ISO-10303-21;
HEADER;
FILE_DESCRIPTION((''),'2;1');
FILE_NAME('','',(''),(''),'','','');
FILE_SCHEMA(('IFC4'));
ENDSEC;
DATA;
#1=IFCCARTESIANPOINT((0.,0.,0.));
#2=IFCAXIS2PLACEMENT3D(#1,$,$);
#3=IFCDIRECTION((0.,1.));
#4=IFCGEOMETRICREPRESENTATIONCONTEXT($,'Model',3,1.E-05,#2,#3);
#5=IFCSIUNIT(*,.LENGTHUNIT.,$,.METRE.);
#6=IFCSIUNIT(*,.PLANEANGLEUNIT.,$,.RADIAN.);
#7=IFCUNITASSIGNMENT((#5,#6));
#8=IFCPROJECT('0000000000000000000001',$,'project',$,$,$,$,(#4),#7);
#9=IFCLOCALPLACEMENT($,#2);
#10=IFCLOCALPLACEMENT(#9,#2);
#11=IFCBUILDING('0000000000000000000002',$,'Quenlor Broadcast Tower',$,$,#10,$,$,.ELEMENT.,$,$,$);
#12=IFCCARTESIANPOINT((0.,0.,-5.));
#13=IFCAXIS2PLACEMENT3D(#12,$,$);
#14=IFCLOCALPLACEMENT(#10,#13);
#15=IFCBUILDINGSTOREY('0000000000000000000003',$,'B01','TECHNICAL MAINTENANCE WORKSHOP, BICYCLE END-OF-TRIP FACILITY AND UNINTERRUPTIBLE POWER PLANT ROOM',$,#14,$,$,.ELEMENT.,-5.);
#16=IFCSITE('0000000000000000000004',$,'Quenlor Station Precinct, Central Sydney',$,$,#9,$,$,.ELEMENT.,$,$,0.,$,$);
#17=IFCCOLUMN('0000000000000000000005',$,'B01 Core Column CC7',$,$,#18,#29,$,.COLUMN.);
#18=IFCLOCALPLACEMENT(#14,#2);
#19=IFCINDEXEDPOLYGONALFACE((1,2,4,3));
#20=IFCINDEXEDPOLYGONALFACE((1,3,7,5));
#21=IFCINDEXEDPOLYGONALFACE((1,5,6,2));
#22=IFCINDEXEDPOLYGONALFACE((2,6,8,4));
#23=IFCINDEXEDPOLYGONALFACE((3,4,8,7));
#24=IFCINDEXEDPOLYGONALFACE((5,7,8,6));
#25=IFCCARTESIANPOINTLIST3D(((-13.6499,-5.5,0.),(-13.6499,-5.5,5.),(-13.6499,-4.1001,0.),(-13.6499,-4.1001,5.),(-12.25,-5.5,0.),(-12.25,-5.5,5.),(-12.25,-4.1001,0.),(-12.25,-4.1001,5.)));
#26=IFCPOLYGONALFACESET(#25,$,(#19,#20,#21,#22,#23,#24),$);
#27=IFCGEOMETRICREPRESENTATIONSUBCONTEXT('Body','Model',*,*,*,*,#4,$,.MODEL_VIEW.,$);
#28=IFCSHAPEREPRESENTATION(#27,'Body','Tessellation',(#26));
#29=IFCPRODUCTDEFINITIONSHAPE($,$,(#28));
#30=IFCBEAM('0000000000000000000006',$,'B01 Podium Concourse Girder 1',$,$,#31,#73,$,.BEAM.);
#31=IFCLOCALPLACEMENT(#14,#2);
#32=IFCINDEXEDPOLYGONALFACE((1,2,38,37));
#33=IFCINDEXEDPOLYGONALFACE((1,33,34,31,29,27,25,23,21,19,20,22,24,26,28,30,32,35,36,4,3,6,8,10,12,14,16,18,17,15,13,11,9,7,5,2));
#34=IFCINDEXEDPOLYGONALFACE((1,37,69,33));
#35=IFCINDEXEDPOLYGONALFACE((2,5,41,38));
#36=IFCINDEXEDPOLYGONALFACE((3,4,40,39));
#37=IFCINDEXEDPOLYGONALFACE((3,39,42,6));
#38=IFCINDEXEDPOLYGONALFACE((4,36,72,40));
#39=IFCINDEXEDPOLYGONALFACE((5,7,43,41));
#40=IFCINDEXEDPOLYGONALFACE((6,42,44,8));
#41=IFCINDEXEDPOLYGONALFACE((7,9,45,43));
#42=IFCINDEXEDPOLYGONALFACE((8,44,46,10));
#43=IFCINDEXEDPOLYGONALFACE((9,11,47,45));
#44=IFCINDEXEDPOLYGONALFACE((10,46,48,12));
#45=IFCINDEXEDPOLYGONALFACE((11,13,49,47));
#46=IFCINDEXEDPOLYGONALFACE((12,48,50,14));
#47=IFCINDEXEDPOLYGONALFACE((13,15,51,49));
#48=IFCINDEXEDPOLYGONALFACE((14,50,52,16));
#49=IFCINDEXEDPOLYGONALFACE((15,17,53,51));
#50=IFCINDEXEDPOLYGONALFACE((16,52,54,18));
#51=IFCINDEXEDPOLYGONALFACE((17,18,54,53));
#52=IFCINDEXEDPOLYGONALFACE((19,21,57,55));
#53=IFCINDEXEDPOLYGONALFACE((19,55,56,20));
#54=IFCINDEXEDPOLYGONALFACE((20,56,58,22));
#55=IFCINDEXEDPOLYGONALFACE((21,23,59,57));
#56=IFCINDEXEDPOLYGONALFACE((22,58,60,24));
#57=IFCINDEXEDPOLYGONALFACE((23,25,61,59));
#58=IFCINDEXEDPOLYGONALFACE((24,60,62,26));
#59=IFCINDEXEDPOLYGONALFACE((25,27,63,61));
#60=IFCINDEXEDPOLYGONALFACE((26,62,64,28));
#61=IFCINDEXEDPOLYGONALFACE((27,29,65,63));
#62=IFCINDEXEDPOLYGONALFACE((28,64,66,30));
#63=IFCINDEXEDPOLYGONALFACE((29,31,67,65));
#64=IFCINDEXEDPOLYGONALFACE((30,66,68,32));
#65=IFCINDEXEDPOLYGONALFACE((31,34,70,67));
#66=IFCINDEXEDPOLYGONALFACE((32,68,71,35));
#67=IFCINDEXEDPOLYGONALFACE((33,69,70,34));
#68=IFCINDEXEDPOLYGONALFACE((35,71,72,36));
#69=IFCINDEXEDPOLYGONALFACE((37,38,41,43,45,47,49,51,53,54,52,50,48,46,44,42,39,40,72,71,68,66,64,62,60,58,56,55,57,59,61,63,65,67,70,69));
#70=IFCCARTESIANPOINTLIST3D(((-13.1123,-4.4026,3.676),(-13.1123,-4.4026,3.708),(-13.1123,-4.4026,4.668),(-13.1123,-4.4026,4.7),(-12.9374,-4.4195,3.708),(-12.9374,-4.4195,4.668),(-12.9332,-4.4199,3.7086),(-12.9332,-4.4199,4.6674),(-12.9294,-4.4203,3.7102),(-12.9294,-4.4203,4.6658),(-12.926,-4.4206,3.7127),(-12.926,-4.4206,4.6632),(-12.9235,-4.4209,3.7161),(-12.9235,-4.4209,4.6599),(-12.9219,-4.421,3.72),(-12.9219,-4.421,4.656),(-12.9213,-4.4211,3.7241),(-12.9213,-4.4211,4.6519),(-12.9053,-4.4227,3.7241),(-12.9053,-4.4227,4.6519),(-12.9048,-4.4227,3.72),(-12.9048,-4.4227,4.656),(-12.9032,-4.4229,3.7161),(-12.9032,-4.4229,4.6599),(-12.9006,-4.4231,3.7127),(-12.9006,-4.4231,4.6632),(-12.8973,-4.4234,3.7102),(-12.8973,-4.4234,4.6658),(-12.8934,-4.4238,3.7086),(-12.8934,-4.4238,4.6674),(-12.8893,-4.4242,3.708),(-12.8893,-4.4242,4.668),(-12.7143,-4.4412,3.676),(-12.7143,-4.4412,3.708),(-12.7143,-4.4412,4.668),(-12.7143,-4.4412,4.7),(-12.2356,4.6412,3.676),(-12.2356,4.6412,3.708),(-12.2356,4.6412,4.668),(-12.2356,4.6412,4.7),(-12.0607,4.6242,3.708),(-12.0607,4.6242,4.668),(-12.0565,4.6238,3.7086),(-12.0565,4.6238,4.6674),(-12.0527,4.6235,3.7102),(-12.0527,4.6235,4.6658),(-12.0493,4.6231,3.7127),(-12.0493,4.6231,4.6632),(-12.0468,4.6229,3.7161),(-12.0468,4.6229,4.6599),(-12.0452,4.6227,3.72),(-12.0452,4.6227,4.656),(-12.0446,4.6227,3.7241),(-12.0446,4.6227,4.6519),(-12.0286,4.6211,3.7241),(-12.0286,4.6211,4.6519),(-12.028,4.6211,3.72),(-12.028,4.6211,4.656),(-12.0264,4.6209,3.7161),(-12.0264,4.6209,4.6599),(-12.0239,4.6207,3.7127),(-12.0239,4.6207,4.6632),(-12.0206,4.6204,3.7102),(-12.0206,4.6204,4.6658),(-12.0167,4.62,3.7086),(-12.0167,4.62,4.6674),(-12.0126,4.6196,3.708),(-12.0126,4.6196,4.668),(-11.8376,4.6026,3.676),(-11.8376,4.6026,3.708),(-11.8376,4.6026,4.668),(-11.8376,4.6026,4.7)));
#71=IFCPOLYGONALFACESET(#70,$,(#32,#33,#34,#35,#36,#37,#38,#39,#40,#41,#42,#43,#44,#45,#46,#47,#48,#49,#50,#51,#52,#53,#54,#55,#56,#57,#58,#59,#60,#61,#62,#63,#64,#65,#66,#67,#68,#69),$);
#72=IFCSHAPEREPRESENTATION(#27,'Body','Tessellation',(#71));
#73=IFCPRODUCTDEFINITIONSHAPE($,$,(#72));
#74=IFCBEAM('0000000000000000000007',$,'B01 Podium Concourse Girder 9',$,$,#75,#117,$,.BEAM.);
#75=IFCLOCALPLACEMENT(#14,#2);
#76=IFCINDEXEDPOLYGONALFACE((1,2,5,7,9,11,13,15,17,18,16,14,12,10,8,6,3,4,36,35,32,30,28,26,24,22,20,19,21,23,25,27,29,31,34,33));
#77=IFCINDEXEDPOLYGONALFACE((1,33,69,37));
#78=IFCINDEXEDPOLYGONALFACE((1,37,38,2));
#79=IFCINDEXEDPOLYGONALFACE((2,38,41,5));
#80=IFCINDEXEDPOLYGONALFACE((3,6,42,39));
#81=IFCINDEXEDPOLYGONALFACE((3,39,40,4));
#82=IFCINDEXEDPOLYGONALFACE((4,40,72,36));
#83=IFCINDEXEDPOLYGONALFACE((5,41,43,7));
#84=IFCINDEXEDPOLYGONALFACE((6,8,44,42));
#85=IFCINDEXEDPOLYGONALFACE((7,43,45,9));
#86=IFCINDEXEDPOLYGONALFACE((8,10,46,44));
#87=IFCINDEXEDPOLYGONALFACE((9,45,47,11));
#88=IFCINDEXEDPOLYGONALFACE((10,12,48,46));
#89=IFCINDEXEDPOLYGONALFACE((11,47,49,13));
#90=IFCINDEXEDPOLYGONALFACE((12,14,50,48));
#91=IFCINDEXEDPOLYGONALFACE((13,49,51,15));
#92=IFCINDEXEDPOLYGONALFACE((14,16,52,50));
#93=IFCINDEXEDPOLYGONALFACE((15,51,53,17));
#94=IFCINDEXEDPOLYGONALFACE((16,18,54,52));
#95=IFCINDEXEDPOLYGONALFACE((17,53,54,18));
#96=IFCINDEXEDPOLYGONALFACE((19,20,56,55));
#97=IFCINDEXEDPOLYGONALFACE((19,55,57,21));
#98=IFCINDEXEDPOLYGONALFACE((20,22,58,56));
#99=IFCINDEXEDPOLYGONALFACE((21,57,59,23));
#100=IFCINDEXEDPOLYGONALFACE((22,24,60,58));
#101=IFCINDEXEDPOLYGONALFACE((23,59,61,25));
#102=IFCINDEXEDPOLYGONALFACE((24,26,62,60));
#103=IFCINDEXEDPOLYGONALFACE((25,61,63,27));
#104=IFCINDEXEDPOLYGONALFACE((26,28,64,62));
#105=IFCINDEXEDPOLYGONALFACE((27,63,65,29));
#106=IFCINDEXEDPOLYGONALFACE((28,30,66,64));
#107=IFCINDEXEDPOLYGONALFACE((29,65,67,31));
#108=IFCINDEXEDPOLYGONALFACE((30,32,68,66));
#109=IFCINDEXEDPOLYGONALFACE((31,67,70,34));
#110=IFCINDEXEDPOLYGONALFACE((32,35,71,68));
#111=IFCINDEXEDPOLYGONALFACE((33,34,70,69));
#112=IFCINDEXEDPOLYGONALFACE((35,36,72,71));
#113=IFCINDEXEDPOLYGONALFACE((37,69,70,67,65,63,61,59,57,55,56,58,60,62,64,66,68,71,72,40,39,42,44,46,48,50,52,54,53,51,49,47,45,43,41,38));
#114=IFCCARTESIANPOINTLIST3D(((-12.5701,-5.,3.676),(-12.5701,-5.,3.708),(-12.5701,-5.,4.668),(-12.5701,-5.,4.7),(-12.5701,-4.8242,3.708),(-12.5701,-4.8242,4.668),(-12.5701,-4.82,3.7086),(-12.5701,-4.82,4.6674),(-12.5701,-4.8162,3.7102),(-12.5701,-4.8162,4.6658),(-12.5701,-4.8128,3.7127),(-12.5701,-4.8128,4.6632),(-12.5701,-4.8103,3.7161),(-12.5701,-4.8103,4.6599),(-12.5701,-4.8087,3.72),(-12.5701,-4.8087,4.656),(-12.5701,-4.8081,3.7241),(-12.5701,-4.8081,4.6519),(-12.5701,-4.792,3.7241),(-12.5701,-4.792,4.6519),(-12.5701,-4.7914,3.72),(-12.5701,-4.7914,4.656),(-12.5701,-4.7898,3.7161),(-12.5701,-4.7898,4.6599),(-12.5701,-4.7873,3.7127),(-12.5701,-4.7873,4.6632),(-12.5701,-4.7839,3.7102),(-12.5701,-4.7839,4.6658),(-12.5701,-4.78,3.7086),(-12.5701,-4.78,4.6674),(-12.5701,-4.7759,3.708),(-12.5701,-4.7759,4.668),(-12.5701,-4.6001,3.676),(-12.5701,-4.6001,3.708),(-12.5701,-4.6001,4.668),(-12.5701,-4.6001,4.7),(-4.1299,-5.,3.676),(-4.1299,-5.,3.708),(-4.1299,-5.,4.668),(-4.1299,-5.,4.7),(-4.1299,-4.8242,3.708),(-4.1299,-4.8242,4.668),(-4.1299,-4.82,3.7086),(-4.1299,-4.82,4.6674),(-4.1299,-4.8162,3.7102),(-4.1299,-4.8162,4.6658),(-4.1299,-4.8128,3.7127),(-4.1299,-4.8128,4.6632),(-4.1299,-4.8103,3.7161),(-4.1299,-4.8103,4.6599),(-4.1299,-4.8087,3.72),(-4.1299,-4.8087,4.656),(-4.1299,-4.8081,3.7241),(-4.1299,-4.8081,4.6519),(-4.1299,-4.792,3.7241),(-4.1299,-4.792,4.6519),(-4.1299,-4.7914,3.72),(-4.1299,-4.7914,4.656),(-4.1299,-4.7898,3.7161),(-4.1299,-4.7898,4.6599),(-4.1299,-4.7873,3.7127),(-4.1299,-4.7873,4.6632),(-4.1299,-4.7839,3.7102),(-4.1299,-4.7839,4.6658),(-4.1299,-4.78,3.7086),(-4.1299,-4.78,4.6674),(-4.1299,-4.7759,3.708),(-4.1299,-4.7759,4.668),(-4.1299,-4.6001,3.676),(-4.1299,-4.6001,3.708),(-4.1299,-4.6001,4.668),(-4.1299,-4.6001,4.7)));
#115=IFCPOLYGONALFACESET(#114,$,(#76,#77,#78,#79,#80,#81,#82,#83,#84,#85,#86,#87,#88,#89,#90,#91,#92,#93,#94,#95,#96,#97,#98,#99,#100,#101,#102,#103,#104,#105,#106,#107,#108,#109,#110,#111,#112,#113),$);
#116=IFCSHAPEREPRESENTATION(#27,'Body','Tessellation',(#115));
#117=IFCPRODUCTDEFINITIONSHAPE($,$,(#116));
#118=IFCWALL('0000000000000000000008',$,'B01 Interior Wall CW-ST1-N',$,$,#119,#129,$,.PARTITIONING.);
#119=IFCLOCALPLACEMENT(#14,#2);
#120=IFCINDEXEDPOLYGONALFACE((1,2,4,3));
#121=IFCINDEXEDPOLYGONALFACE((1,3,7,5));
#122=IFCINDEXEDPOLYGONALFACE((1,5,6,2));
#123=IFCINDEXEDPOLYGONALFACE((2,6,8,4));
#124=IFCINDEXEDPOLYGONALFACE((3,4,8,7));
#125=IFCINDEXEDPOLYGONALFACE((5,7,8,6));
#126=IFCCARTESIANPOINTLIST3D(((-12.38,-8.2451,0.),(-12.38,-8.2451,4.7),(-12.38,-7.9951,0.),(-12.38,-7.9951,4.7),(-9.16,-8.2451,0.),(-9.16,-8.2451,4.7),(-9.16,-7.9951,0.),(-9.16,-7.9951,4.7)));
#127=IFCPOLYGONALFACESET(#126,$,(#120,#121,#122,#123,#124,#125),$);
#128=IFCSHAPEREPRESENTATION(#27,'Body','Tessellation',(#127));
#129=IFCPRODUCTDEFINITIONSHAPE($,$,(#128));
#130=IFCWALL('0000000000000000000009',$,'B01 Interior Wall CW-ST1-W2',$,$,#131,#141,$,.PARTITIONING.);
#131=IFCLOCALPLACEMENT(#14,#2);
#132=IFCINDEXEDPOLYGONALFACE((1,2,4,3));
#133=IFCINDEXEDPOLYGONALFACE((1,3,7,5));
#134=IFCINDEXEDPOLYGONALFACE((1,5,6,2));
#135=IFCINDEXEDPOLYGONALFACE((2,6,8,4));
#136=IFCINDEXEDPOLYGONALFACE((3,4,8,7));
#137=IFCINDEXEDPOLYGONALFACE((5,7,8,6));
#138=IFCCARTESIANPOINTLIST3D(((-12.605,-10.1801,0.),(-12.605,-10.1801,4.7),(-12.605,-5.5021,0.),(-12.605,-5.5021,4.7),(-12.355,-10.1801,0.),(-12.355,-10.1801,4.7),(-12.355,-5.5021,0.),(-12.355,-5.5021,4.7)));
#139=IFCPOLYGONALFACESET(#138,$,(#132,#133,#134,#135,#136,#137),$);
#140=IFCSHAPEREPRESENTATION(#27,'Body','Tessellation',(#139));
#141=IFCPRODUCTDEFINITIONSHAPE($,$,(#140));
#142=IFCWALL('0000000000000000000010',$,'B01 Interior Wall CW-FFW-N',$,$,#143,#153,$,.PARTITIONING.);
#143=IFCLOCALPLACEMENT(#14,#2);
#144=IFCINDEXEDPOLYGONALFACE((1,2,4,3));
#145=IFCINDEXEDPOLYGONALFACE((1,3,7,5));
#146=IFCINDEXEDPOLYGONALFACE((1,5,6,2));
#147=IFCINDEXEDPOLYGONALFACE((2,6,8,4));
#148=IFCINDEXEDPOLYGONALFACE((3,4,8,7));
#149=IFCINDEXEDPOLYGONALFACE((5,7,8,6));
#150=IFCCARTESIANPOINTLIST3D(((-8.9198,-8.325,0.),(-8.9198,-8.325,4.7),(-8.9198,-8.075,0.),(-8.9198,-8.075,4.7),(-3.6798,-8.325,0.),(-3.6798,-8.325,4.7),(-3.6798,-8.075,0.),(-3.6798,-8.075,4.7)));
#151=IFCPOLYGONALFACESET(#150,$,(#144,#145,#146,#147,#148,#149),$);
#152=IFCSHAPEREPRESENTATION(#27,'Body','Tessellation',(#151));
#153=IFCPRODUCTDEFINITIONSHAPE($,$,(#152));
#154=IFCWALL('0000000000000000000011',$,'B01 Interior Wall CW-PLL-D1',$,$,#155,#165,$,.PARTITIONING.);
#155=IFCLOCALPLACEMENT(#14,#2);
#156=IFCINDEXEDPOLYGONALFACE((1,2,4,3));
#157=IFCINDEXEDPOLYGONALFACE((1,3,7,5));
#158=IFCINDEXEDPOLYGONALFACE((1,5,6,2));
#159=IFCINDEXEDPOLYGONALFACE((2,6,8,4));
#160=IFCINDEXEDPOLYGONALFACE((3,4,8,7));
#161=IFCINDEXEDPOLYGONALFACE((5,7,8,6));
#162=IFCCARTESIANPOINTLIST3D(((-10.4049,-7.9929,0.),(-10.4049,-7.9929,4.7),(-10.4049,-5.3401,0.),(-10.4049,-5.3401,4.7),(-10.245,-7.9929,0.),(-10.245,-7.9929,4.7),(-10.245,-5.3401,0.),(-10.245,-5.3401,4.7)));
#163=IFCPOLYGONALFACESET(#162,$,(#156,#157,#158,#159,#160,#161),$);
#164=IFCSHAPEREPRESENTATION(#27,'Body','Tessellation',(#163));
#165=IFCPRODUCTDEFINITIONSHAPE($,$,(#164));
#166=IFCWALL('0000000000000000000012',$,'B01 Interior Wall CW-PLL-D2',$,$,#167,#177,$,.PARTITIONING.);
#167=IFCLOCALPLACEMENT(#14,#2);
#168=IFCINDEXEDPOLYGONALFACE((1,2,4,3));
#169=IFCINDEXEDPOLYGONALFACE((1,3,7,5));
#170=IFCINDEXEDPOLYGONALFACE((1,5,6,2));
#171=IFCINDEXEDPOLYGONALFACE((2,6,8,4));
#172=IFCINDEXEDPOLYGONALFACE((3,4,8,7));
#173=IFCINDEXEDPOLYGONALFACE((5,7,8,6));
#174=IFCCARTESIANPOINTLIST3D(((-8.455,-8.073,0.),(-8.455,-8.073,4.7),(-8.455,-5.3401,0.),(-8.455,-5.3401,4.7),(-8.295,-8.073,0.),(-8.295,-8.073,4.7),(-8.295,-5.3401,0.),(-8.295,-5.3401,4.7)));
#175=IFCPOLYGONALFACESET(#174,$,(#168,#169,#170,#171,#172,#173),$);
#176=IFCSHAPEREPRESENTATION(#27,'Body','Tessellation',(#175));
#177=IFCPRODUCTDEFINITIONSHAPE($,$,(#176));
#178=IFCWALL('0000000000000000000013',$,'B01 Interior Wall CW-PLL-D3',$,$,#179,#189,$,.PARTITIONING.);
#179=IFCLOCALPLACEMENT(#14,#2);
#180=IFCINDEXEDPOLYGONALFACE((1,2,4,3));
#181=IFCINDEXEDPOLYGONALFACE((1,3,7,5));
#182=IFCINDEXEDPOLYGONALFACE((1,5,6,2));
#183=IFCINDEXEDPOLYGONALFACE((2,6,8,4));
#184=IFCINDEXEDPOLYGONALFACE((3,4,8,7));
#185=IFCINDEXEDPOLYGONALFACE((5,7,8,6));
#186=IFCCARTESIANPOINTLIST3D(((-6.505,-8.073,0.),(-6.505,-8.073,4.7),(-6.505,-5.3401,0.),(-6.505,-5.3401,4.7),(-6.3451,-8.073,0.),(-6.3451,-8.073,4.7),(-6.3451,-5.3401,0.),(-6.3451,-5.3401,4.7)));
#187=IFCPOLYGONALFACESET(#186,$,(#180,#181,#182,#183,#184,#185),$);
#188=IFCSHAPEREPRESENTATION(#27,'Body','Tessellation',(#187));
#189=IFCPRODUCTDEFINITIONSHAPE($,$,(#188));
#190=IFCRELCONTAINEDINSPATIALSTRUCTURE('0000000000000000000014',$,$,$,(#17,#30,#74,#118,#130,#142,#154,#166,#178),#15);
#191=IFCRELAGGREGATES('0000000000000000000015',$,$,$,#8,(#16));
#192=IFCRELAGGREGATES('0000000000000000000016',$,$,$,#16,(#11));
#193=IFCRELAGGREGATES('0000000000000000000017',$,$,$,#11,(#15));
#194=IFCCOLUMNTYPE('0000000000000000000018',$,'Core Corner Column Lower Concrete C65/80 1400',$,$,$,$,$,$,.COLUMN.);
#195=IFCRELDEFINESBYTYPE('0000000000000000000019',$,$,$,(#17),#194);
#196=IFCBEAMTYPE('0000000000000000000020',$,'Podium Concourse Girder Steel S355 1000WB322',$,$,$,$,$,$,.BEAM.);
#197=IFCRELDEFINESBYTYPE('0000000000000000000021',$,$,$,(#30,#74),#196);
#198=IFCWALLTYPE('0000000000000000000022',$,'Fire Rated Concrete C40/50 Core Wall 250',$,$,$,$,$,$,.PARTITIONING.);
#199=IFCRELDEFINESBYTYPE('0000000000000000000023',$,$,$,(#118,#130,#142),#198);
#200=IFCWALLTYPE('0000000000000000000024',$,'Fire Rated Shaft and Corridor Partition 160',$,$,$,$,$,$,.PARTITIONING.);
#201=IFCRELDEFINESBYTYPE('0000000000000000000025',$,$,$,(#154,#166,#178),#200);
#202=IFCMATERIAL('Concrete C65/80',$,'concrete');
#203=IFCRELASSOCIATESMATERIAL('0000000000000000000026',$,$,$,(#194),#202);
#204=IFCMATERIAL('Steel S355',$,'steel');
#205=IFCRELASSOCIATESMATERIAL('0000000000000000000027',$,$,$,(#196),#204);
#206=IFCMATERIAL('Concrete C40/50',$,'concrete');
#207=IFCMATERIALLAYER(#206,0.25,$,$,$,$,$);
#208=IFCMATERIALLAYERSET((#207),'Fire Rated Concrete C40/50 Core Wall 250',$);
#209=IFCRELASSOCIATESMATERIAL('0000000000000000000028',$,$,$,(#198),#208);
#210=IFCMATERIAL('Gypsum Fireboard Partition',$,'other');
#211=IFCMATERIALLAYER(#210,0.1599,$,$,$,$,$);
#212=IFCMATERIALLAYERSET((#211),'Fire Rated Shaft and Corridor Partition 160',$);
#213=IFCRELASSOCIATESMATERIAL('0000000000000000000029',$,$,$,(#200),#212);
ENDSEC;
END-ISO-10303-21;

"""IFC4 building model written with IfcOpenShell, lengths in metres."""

from ifc_helpers import new_model, si_unit, direction, frame, frame_2d, origin, origin_2d, place, context, subcontext, project, spatial, rectangle, i_section, extrude, material, layer, layer_set, material_profile, profile_set, type_object, element, save


model = new_model("IFC4")

# Units and contexts
model_context = context("Model", 3, precision=1e-05, world=origin(), true_north=direction((0.0, 1.0)))
body_context = subcontext(model_context, "Body", "Model", "MODEL_VIEW")
ifc_project = project(units=[si_unit("LENGTHUNIT", "METRE"), si_unit("PLANEANGLEUNIT", "RADIAN")], contexts=[model_context])

# Site, building, storey
site_placement = place(None, origin())
site = spatial("IfcSite", under=ifc_project, at=site_placement, Name="Quenlor Station Precinct, Central Sydney", CompositionType="ELEMENT", RefElevation=0.0)
building_placement = place(site_placement, origin())
building = spatial("IfcBuilding", under=site, at=building_placement, Name="Quenlor Broadcast Tower", CompositionType="ELEMENT")
storey_placement = place(building_placement, frame((0.0, 0.0, -5.0)))
storey = spatial("IfcBuildingStorey", under=building, at=storey_placement, Name="B01", Description="TECHNICAL MAINTENANCE WORKSHOP, BICYCLE END-OF-TRIP FACILITY AND UNINTERRUPTIBLE POWER PLANT ROOM", CompositionType="ELEMENT", Elevation=-5.0)

# Column
ifc_material_1 = material(Name="Concrete C65/80", Category="concrete")
ifc_material_profile_1 = material_profile(ifc_material_1, rectangle(XDim=1.3999, YDim=1.3999, at=origin_2d()))
ifc_profile_set_1 = profile_set([ifc_material_profile_1], Name="Concrete C65/80 RC1400x1400")
column_type = type_object("IfcColumnType", Name="Core Corner Column Lower Concrete C65/80 1400", PredefinedType="COLUMN", material=ifc_profile_set_1)
column_placement = place(storey_placement, frame((-12.95, -4.8, 0.0), z_axis=(0.0, 0.0, 1.0), x_axis=(1.0, 0.0, 0.0)))
element("IfcColumn", 1, at=column_placement, inside=storey, type_object=column_type, Name="B01 Core Column CC7", PredefinedType="COLUMN", context=body_context, shape_type="SweptSolid", body=[
    extrude(rectangle(XDim=1.3999, YDim=1.3999, at=origin_2d()), origin(), (0.0, 0.0, 1.0), 5.0),
])

# Beams
ifc_material_2 = material(Name="Steel S355", Category="steel")
ifc_material_profile_2 = material_profile(ifc_material_2, i_section(OverallWidth=0.3999, OverallDepth=1.0239, WebThickness=0.0161, FlangeThickness=0.032, FilletRadius=0.0161, at=origin_2d()))
ifc_profile_set_2 = profile_set([ifc_material_profile_2], Name="Steel S355 1000WB322")
beam_type = type_object("IfcBeamType", Name="Podium Concourse Girder Steel S355 1000WB322", PredefinedType="BEAM", material=ifc_profile_set_2)
beam_1_placement = place(storey_placement, frame((-12.9133, -4.4219, 4.188), z_axis=(0.096489, 0.995334, 0.0), x_axis=(-0.995334, 0.096489, 0.0)))
element("IfcBeam", 2, at=beam_1_placement, inside=storey, type_object=beam_type, Name="B01 Podium Concourse Girder 1", PredefinedType="BEAM", context=body_context, shape_type="SweptSolid", body=[
    extrude(i_section(OverallWidth=0.3999, OverallDepth=1.0239, WebThickness=0.0161, FlangeThickness=0.032, FilletRadius=0.0161, at=origin_2d()), origin(), (0.0, 0.0, 1.0), 9.0862),
])
beam_2_placement = place(storey_placement, frame((-12.5701, -4.8, 4.188), z_axis=(1.0, 0.0, 0.0), x_axis=(0.0, 1.0, 0.0)))
element("IfcBeam", 3, at=beam_2_placement, inside=storey, type_object=beam_type, Name="B01 Podium Concourse Girder 9", PredefinedType="BEAM", context=body_context, shape_type="SweptSolid", body=[
    extrude(i_section(OverallWidth=0.3999, OverallDepth=1.0239, WebThickness=0.0161, FlangeThickness=0.032, FilletRadius=0.0161, at=origin_2d()), origin(), (0.0, 0.0, 1.0), 8.4402),
])

# Shared definitions
ifc_material_3 = material(Name="Concrete C40/50", Category="concrete")
ifc_layer_1 = layer(ifc_material_3, 0.25)
ifc_layer_set_1 = layer_set([ifc_layer_1], Name="Fire Rated Concrete C40/50 Core Wall 250")
wall_type_1 = type_object("IfcWallType", Name="Fire Rated Concrete C40/50 Core Wall 250", PredefinedType="PARTITIONING", material=ifc_layer_set_1)

# Walls
wall_1_placement = place(storey_placement, frame((-12.3799, -8.1201, 0.0), z_axis=(0.0, 0.0, 1.0), x_axis=(1.0, 0.0, 0.0)))
element("IfcWall", 4, at=wall_1_placement, inside=storey, type_object=wall_type_1, Name="B01 Interior Wall CW-ST1-N", PredefinedType="PARTITIONING", context=body_context, shape_type="SweptSolid", body=[
    extrude(rectangle(XDim=3.22, YDim=0.25, at=frame_2d((1.6099, 0.0))), origin(), (0.0, 0.0, 1.0), 4.7),
])
wall_2_placement = place(storey_placement, frame((-12.48, -10.1799, 0.0), z_axis=(0.0, 0.0, 1.0), x_axis=(0.0, 1.0, 0.0)))
element("IfcWall", 5, at=wall_2_placement, inside=storey, type_object=wall_type_1, Name="B01 Interior Wall CW-ST1-W2", PredefinedType="PARTITIONING", context=body_context, shape_type="SweptSolid", body=[
    extrude(rectangle(XDim=4.678, YDim=0.25, at=frame_2d((2.3389, 0.0))), origin(), (0.0, 0.0, 1.0), 4.7),
])

# Wall
wall_3_placement = place(storey_placement, frame((-8.9199, -8.2, 0.0), z_axis=(0.0, 0.0, 1.0), x_axis=(1.0, 0.0, 0.0)))
element("IfcWall", 6, at=wall_3_placement, inside=storey, type_object=wall_type_1, Name="B01 Interior Wall CW-FFW-N", PredefinedType="PARTITIONING", context=body_context, shape_type="SweptSolid", body=[
    extrude(rectangle(XDim=5.24, YDim=0.25, at=frame_2d((2.6201, 0.0))), origin(), (0.0, 0.0, 1.0), 4.7),
])

# Walls
ifc_material_4 = material(Name="Gypsum Fireboard Partition", Category="other")
ifc_layer_2 = layer(ifc_material_4, 0.1599)
ifc_layer_set_2 = layer_set([ifc_layer_2], Name="Fire Rated Shaft and Corridor Partition 160")
wall_type_2 = type_object("IfcWallType", Name="Fire Rated Shaft and Corridor Partition 160", PredefinedType="PARTITIONING", material=ifc_layer_set_2)
wall_4_placement = place(storey_placement, frame((-10.325, -7.9929, 0.0), z_axis=(0.0, 0.0, 1.0), x_axis=(0.0, 1.0, 0.0)))
element("IfcWall", 7, at=wall_4_placement, inside=storey, type_object=wall_type_2, Name="B01 Interior Wall CW-PLL-D1", PredefinedType="PARTITIONING", context=body_context, shape_type="SweptSolid", body=[
    extrude(rectangle(XDim=2.6528, YDim=0.1599, at=frame_2d((1.3264, 0.0))), origin(), (0.0, 0.0, 1.0), 4.7),
])
for number, where, z_axis, x_axis, name in (
    (8, (-8.375, -8.073, 0.0), (0.0, 0.0, 1.0), (0.0, 1.0, 0.0), "B01 Interior Wall CW-PLL-D2"),
    (9, (-6.425, -8.073, 0.0), (0.0, 0.0, 1.0), (0.0, 1.0, 0.0), "B01 Interior Wall CW-PLL-D3"),
):
    element("IfcWall", number, at=place(storey_placement, frame(where, z_axis=z_axis, x_axis=x_axis)), inside=storey, type_object=wall_type_2, Name=name, PredefinedType="PARTITIONING", context=body_context, shape_type="SweptSolid", body=[
        extrude(rectangle(XDim=2.7329, YDim=0.1599, at=frame_2d((1.3665, 0.0))), origin(), (0.0, 0.0, 1.0), 4.7),
    ])

save(model, "model.ifc")
